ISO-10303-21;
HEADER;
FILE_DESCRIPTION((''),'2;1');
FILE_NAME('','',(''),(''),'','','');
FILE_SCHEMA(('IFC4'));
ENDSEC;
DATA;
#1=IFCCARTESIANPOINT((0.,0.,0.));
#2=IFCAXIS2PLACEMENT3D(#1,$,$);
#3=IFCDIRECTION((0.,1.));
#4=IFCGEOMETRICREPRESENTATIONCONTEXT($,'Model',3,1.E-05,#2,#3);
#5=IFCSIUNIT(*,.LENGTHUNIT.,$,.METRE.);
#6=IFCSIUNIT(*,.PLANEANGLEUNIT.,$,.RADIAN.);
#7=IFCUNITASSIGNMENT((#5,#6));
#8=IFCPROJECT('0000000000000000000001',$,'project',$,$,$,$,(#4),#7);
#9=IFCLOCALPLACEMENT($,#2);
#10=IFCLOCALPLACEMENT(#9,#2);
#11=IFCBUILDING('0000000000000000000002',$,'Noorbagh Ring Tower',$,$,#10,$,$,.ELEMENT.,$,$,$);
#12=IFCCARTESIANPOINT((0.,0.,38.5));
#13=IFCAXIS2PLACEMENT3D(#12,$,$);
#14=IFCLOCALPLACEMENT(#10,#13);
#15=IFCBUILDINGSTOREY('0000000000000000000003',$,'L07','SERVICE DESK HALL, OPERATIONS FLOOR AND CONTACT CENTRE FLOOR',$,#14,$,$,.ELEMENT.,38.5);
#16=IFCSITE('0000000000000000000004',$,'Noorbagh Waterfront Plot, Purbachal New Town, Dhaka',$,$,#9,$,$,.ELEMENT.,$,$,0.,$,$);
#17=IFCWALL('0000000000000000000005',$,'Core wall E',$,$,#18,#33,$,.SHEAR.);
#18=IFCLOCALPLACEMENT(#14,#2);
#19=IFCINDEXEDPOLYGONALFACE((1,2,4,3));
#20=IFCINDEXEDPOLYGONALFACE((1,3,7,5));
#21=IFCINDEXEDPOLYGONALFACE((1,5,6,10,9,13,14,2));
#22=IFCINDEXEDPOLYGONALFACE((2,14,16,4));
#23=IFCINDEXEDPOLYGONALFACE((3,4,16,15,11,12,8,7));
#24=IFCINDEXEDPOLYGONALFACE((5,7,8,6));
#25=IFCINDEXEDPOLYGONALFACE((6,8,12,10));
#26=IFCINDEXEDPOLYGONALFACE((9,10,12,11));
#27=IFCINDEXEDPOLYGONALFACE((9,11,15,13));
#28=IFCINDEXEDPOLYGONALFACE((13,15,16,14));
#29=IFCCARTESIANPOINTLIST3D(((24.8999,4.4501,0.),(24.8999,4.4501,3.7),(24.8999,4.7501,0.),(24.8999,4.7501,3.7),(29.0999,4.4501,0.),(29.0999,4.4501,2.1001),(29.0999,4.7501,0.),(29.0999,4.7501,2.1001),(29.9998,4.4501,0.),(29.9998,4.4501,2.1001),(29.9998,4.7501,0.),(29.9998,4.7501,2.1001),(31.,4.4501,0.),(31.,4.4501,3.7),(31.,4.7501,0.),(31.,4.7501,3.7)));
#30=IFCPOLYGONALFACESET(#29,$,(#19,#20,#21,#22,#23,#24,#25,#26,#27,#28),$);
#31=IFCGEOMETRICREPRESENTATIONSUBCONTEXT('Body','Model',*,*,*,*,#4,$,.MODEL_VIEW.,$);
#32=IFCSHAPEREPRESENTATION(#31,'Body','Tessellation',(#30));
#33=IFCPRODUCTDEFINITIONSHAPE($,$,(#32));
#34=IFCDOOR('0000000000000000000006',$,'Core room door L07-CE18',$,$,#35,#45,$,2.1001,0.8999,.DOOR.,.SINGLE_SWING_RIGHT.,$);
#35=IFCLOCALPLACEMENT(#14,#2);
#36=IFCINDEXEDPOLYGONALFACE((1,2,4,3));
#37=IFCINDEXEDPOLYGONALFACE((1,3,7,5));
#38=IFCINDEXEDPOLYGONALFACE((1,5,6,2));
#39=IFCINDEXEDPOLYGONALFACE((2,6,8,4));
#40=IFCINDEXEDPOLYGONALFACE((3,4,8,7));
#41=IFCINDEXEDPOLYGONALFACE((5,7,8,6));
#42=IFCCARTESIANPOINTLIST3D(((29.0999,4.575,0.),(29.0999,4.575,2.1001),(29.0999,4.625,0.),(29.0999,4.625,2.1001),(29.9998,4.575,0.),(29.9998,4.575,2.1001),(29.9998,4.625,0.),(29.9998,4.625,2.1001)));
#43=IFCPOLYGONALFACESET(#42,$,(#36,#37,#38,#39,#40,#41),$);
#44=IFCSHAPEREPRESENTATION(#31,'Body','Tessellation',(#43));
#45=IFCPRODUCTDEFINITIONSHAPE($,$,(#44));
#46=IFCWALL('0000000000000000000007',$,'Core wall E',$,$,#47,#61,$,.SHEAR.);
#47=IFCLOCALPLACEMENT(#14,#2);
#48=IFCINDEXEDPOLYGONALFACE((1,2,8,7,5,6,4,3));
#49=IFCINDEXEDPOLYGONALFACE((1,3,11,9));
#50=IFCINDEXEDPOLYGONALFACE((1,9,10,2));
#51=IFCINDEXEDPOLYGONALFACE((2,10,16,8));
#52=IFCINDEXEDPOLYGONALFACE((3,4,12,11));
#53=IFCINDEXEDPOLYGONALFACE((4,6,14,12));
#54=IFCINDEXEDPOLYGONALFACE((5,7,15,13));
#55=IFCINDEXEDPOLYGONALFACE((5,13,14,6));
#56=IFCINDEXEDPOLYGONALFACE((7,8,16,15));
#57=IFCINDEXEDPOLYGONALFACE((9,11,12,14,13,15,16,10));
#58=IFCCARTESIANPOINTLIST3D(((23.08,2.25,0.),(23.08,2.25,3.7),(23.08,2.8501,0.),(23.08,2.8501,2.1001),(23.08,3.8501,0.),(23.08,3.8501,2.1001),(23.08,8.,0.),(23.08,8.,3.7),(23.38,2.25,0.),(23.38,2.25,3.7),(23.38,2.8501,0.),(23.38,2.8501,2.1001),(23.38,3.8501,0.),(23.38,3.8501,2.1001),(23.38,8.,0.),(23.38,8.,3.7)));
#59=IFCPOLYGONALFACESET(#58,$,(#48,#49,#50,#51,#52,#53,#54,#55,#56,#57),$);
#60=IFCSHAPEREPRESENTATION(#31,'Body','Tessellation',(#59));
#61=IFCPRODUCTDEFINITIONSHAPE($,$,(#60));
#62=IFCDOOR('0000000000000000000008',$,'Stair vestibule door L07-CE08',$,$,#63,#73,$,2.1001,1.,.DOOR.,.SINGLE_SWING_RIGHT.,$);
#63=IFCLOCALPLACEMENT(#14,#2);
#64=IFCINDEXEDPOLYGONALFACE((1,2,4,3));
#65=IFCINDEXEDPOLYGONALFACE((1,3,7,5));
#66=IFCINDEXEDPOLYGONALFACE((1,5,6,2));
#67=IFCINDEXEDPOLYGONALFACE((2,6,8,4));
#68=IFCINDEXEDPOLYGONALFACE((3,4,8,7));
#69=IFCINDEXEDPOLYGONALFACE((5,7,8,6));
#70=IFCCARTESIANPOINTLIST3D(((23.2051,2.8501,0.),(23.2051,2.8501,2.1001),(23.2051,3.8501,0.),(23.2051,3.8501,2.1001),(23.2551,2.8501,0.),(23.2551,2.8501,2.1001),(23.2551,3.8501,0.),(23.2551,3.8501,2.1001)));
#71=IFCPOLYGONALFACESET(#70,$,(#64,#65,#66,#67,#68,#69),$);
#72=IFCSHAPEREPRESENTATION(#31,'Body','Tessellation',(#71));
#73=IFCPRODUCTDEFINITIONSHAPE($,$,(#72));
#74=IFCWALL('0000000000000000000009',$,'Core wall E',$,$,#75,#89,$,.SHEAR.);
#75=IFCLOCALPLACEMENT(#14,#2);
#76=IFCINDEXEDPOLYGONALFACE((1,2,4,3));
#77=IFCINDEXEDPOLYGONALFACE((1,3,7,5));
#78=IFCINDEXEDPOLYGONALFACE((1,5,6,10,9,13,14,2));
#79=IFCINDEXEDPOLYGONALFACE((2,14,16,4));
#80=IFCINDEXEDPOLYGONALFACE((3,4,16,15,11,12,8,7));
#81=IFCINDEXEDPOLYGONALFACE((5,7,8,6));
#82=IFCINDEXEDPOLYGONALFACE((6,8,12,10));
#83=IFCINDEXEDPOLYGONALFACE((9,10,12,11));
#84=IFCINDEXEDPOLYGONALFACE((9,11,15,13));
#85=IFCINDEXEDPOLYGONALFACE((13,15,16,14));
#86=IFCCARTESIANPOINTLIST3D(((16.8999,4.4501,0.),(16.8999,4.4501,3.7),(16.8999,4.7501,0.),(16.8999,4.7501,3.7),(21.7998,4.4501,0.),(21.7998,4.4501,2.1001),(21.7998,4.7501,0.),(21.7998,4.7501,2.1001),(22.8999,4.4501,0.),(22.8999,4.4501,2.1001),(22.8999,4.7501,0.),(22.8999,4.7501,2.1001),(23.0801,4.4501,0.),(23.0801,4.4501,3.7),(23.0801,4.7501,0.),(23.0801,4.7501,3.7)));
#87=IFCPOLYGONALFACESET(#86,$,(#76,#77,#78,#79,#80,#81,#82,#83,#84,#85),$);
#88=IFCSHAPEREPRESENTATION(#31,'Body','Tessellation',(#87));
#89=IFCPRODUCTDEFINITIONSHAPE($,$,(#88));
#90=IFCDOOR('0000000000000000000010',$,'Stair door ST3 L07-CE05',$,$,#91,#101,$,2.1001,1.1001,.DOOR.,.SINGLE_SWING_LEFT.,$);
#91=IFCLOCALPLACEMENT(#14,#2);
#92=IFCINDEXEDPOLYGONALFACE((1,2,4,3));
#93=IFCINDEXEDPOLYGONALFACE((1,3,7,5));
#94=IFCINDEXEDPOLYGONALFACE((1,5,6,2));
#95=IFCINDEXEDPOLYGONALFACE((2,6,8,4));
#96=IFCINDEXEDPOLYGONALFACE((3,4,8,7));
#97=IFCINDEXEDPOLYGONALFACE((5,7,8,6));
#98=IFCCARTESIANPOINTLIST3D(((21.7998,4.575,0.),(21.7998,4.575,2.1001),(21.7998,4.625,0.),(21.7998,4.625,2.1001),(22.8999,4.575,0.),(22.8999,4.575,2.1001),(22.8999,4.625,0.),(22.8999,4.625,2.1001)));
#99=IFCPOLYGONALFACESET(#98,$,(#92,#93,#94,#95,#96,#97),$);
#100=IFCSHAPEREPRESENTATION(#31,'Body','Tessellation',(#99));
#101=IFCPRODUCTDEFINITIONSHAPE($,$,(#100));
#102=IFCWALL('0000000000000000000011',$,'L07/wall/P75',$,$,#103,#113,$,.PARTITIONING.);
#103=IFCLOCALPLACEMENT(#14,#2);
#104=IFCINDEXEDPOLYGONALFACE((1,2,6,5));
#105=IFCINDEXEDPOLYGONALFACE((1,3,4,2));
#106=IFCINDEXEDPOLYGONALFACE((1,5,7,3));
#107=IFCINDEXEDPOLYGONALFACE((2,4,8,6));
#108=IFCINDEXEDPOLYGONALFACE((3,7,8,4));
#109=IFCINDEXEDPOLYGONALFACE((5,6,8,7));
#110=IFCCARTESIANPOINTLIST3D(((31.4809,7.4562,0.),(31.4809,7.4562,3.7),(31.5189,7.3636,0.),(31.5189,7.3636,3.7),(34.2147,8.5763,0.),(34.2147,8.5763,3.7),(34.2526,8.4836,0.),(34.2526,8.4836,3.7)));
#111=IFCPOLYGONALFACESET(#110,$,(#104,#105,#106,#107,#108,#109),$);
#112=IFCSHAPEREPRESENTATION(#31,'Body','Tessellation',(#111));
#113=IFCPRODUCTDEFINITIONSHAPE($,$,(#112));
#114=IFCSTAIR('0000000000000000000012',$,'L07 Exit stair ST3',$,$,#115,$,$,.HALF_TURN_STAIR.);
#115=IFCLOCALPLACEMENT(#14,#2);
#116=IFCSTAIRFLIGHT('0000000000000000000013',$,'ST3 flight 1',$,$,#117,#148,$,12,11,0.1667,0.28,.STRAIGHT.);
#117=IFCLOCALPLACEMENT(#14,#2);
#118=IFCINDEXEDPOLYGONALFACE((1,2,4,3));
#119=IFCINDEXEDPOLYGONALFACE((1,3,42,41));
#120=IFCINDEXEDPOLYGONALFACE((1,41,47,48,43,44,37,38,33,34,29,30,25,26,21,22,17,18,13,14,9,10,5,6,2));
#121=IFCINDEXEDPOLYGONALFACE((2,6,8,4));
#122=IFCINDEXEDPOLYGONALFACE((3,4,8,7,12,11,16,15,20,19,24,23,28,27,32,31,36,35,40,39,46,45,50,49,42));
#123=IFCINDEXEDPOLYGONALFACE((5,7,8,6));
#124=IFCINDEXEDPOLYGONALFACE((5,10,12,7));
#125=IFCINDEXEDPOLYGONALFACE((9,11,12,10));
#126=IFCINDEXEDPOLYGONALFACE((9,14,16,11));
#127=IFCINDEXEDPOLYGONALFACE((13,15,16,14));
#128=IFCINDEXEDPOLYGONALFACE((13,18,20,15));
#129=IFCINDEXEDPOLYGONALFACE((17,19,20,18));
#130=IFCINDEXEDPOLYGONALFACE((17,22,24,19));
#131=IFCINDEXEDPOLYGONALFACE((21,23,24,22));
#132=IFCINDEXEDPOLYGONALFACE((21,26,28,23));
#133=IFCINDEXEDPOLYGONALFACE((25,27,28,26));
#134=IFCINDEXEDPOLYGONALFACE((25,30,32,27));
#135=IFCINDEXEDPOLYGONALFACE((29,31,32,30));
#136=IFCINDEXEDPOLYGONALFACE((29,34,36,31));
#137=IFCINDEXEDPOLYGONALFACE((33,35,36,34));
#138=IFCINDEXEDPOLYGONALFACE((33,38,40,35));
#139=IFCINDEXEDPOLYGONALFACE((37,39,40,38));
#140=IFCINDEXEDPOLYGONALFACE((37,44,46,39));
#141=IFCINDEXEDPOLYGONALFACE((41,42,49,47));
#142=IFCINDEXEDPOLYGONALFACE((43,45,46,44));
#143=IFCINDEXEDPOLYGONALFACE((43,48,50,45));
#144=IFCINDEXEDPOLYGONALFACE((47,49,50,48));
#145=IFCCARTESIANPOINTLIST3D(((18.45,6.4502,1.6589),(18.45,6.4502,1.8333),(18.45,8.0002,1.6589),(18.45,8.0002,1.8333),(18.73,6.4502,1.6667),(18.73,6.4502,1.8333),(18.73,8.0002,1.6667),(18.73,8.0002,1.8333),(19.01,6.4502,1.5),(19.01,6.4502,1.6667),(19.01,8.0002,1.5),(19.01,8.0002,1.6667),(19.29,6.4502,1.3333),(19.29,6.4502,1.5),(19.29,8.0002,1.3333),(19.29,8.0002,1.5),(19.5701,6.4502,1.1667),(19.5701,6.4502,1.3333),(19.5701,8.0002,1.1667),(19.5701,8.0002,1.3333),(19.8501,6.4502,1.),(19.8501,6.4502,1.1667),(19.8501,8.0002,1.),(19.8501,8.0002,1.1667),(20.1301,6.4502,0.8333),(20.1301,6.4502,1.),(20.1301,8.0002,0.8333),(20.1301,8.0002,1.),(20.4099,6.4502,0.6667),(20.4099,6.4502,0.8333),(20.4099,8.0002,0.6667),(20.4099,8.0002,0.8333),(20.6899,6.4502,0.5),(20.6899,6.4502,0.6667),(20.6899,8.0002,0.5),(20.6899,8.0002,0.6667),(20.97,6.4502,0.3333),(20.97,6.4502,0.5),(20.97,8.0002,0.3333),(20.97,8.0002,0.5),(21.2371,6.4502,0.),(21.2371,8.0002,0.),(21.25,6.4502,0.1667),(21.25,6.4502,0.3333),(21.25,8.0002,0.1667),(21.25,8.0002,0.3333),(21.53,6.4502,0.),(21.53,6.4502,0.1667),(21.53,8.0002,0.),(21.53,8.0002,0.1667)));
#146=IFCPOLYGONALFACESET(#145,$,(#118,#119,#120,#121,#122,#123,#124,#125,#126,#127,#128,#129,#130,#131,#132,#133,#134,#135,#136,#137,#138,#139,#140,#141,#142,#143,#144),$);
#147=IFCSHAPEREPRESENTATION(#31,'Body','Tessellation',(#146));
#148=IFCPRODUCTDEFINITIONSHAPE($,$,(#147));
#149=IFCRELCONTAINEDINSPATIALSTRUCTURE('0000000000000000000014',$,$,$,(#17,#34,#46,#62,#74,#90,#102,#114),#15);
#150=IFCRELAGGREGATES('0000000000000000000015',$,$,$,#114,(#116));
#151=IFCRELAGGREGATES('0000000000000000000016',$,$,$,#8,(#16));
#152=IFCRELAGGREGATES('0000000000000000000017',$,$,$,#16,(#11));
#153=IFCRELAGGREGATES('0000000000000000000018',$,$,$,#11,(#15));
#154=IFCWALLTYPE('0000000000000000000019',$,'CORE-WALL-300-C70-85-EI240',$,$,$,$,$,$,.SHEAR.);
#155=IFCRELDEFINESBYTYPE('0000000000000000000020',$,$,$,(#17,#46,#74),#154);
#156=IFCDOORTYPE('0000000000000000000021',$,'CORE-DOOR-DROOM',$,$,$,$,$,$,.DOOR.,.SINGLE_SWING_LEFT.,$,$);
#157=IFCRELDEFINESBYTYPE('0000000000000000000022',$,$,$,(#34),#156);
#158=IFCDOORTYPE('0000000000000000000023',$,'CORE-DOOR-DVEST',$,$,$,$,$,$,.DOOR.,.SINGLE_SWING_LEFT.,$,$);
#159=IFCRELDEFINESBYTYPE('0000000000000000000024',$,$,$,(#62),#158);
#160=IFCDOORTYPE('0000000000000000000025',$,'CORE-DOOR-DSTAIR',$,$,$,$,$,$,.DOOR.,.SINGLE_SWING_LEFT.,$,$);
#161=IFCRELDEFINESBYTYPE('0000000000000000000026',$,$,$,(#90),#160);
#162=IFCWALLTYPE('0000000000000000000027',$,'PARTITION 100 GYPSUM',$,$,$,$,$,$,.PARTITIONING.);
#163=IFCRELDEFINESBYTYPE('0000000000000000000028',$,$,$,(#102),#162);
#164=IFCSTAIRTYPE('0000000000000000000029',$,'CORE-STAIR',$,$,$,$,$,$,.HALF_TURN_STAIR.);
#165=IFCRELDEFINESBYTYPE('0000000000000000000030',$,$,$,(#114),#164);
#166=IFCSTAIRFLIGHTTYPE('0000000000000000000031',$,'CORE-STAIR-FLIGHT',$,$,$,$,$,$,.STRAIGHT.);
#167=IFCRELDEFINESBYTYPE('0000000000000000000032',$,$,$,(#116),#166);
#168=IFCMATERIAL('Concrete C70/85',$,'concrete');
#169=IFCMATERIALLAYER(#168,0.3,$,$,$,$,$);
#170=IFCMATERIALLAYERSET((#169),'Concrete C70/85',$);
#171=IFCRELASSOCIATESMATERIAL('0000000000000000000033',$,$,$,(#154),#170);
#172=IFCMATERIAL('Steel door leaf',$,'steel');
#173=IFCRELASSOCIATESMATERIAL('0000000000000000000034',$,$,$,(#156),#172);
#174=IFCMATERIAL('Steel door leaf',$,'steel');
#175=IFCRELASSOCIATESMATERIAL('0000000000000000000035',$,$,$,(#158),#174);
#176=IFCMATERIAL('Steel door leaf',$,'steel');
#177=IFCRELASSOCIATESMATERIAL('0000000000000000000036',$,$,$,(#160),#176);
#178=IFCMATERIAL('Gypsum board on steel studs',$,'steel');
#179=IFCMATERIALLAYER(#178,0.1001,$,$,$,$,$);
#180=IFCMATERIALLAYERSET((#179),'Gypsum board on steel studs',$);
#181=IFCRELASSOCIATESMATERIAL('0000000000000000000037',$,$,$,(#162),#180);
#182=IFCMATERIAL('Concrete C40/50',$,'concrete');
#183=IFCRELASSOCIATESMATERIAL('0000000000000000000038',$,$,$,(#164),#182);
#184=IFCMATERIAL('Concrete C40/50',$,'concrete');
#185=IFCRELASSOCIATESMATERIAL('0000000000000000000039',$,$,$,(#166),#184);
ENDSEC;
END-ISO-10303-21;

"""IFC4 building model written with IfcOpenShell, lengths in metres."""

from ifc_helpers import new_model, si_unit, direction, frame, frame_2d, origin, place, context, subcontext, project, spatial, polyline, rectangle, outline, extrude, material, layer, layer_set, type_object, element, fill, aggregate, save


model = new_model("IFC4")

# Units and contexts
model_context = context("Model", 3, precision=1e-05, world=origin(), true_north=direction((0.0, 1.0)))
body_context = subcontext(model_context, "Body", "Model", "MODEL_VIEW")
ifc_project = project(units=[si_unit("LENGTHUNIT", "METRE"), si_unit("PLANEANGLEUNIT", "RADIAN")], contexts=[model_context])

# Site, building, storey
site_placement = place(None, origin())
site = spatial("IfcSite", under=ifc_project, at=site_placement, Name="Noorbagh Waterfront Plot, Purbachal New Town, Dhaka", CompositionType="ELEMENT", RefElevation=0.0)
building_placement = place(site_placement, origin())
building = spatial("IfcBuilding", under=site, at=building_placement, Name="Noorbagh Ring Tower", CompositionType="ELEMENT")
storey_placement = place(building_placement, frame((0.0, 0.0, 38.5)))
storey = spatial("IfcBuildingStorey", under=building, at=storey_placement, Name="L07", Description="SERVICE DESK HALL, OPERATIONS FLOOR AND CONTACT CENTRE FLOOR", CompositionType="ELEMENT", Elevation=38.5)

# Walls, openings, doors
ifc_material_1 = material(Name="Concrete C70/85", Category="concrete")
ifc_layer_1 = layer(ifc_material_1, 0.3)
ifc_layer_set_1 = layer_set([ifc_layer_1], Name="Concrete C70/85")
wall_type_1 = type_object("IfcWallType", Name="CORE-WALL-300-C70-85-EI240", PredefinedType="SHEAR", material=ifc_layer_set_1)
wall_1_placement = place(storey_placement, frame((24.8999, 4.6001, 0.0), z_axis=(0.0, 0.0, 1.0), x_axis=(1.0, 0.0, 0.0)))
wall_1 = element("IfcWall", 1, at=wall_1_placement, inside=storey, type_object=wall_type_1, Name="Core wall E", PredefinedType="SHEAR", context=body_context, shape_type="SweptSolid", body=[
    extrude(rectangle(XDim=6.1001, YDim=0.3, at=frame_2d((3.05, 0.0))), origin(), (0.0, 0.0, 1.0), 3.7),
])
opening_1_placement = place(wall_1_placement, frame((4.2, 0.0, 0.0)))
opening_1 = element("IfcOpeningElement", 2, at=opening_1_placement, cuts=wall_1, PredefinedType="OPENING", context=body_context, shape_type="SweptSolid", body=[
    extrude(rectangle(XDim=0.8999, YDim=2.1001, at=frame_2d((0.45, 1.05))), frame((0.0, 0.1602, 0.0), z_axis=(0.0, -1.0, 0.0), x_axis=(1.0, 0.0, 0.0)), (0.0, 0.0, 1.0), 0.3201),
])
ifc_material_2 = material(Name="Steel door leaf", Category="steel")
door_type_1 = type_object("IfcDoorType", Name="CORE-DOOR-DROOM", OperationType="SINGLE_SWING_LEFT", PredefinedType="DOOR", material=ifc_material_2)
door_1_placement = place(opening_1_placement, origin())
door_1 = element("IfcDoor", 3, at=door_1_placement, inside=storey, type_object=door_type_1, Name="Core room door L07-CE18", OperationType="SINGLE_SWING_RIGHT", OverallHeight=2.1001, OverallWidth=0.8999, PredefinedType="DOOR", context=body_context, shape_type="SweptSolid", body=[
    extrude(rectangle(XDim=0.8999, YDim=2.1001, at=frame_2d((0.45, 1.05))), frame((0.0, 0.0249, 0.0), z_axis=(0.0, -1.0, 0.0), x_axis=(1.0, 0.0, 0.0)), (0.0, 0.0, 1.0), 0.05),
])
fill(opening_1, door_1)
wall_2_placement = place(storey_placement, frame((23.23, 2.25, 0.0), z_axis=(0.0, 0.0, 1.0), x_axis=(0.0, 1.0, 0.0)))
wall_2 = element("IfcWall", 4, at=wall_2_placement, inside=storey, type_object=wall_type_1, Name="Core wall E", PredefinedType="SHEAR", context=body_context, shape_type="SweptSolid", body=[
    extrude(rectangle(XDim=5.75, YDim=0.3, at=frame_2d((2.875, 0.0))), origin(), (0.0, 0.0, 1.0), 3.7),
])
opening_2_placement = place(wall_2_placement, frame((0.6001, 0.0, 0.0)))
opening_2 = element("IfcOpeningElement", 5, at=opening_2_placement, cuts=wall_2, PredefinedType="OPENING", context=body_context, shape_type="SweptSolid", body=[
    extrude(rectangle(XDim=1.0, YDim=2.1001, at=frame_2d((0.5, 1.05))), frame((0.0, 0.1602, 0.0), z_axis=(0.0, -1.0, 0.0), x_axis=(1.0, 0.0, 0.0)), (0.0, 0.0, 1.0), 0.3201),
])
ifc_material_3 = material(Name="Steel door leaf", Category="steel")
door_type_2 = type_object("IfcDoorType", Name="CORE-DOOR-DVEST", OperationType="SINGLE_SWING_LEFT", PredefinedType="DOOR", material=ifc_material_3)
door_2_placement = place(opening_2_placement, origin())
door_2 = element("IfcDoor", 6, at=door_2_placement, inside=storey, type_object=door_type_2, Name="Stair vestibule door L07-CE08", OperationType="SINGLE_SWING_RIGHT", OverallHeight=2.1001, OverallWidth=1.0, PredefinedType="DOOR", context=body_context, shape_type="SweptSolid", body=[
    extrude(rectangle(XDim=1.0, YDim=2.1001, at=frame_2d((0.5, 1.05))), frame((0.0, 0.0249, 0.0), z_axis=(0.0, -1.0, 0.0), x_axis=(1.0, 0.0, 0.0)), (0.0, 0.0, 1.0), 0.05),
])
fill(opening_2, door_2)
wall_3_placement = place(storey_placement, frame((16.8999, 4.6001, 0.0), z_axis=(0.0, 0.0, 1.0), x_axis=(1.0, 0.0, 0.0)))
wall_3 = element("IfcWall", 7, at=wall_3_placement, inside=storey, type_object=wall_type_1, Name="Core wall E", PredefinedType="SHEAR", context=body_context, shape_type="SweptSolid", body=[
    extrude(rectangle(XDim=6.1802, YDim=0.3, at=frame_2d((3.0901, 0.0))), origin(), (0.0, 0.0, 1.0), 3.7),
])
opening_3_placement = place(wall_3_placement, frame((4.8999, 0.0, 0.0)))
opening_3 = element("IfcOpeningElement", 8, at=opening_3_placement, cuts=wall_3, PredefinedType="OPENING", context=body_context, shape_type="SweptSolid", body=[
    extrude(rectangle(XDim=1.1001, YDim=2.1001, at=frame_2d((0.55, 1.05))), frame((0.0, 0.1602, 0.0), z_axis=(0.0, -1.0, 0.0), x_axis=(1.0, 0.0, 0.0)), (0.0, 0.0, 1.0), 0.3201),
])
ifc_material_4 = material(Name="Steel door leaf", Category="steel")
door_type_3 = type_object("IfcDoorType", Name="CORE-DOOR-DSTAIR", OperationType="SINGLE_SWING_LEFT", PredefinedType="DOOR", material=ifc_material_4)
door_3_placement = place(opening_3_placement, origin())
door_3 = element("IfcDoor", 9, at=door_3_placement, inside=storey, type_object=door_type_3, Name="Stair door ST3 L07-CE05", OperationType="SINGLE_SWING_LEFT", OverallHeight=2.1001, OverallWidth=1.1001, PredefinedType="DOOR", context=body_context, shape_type="SweptSolid", body=[
    extrude(rectangle(XDim=1.1001, YDim=2.1001, at=frame_2d((0.55, 1.05))), frame((0.0, 0.0249, 0.0), z_axis=(0.0, -1.0, 0.0), x_axis=(1.0, 0.0, 0.0)), (0.0, 0.0, 1.0), 0.05),
])
fill(opening_3, door_3)

# Wall
ifc_material_5 = material(Name="Gypsum board on steel studs", Category="steel")
ifc_layer_2 = layer(ifc_material_5, 0.1001)
ifc_layer_set_2 = layer_set([ifc_layer_2], Name="Gypsum board on steel studs")
wall_type_2 = type_object("IfcWallType", Name="PARTITION 100 GYPSUM", PredefinedType="PARTITIONING", material=ifc_layer_set_2)
wall_4_placement = place(storey_placement, frame((31.5, 7.4099, 0.0), z_axis=(0.0, 0.0, 1.0), x_axis=(0.925344, 0.379128, 0.0)))
element("IfcWall", 10, at=wall_4_placement, inside=storey, type_object=wall_type_2, Name="L07/wall/P75", PredefinedType="PARTITIONING", context=body_context, shape_type="SweptSolid", body=[
    extrude(rectangle(XDim=2.9543, YDim=0.1001, at=frame_2d((1.4771, 0.0))), origin(), (0.0, 0.0, 1.0), 3.7),
])

# Stair, stair flight
ifc_material_6 = material(Name="Concrete C40/50", Category="concrete")
stair_type = type_object("IfcStairType", Name="CORE-STAIR", PredefinedType="HALF_TURN_STAIR", material=ifc_material_6)
stair_placement = place(storey_placement, origin())
stair = element("IfcStair", 11, at=stair_placement, inside=storey, type_object=stair_type, Name="L07 Exit stair ST3", PredefinedType="HALF_TURN_STAIR")
ifc_material_7 = material(Name="Concrete C40/50", Category="concrete")
stair_flight_type = type_object("IfcStairFlightType", Name="CORE-STAIR-FLIGHT", PredefinedType="STRAIGHT", material=ifc_material_7)
stair_flight_1_placement = place(storey_placement, frame((21.53, 7.2251, 0.0), z_axis=(0.0, 0.0, 1.0), x_axis=(-1.0, 0.0, 0.0)))
stair_flight_1 = element("IfcStairFlight", 12, at=stair_flight_1_placement, type_object=stair_flight_type, Name="ST3 flight 1", NumberOfRisers=12, NumberOfTreads=11, PredefinedType="STRAIGHT", RiserHeight=0.1667, TreadLength=0.28, context=body_context, shape_type="SweptSolid", body=[
    extrude(outline(polyline([(0.0, 0.0), (0.0, 0.1667), (0.28, 0.1667), (0.28, 0.3333), (0.5601, 0.3333), (0.5601, 0.5), (0.8401, 0.5), (0.8401, 0.6667), (1.1201, 0.6667), (1.1201, 0.8333), (1.3999, 0.8333), (1.3999, 1.0), (1.6799, 1.0), (1.6799, 1.1667), (1.96, 1.1667), (1.96, 1.3333), (2.24, 1.3333), (2.24, 1.5), (2.52, 1.5), (2.52, 1.6667), (2.8, 1.6667), (2.8, 1.8333), (3.0801, 1.8333), (3.0801, 2.0), (3.0801, 1.6589), (0.293, 0.0), (0.0, 0.0)])), frame((0.0, 0.7749, 0.0), z_axis=(0.0, -1.0, 0.0), x_axis=(1.0, 0.0, 0.0)), (0.0, 0.0, 1.0), 1.55),
])
aggregate(stair, [stair_flight_1])

save(model, "model.ifc")
